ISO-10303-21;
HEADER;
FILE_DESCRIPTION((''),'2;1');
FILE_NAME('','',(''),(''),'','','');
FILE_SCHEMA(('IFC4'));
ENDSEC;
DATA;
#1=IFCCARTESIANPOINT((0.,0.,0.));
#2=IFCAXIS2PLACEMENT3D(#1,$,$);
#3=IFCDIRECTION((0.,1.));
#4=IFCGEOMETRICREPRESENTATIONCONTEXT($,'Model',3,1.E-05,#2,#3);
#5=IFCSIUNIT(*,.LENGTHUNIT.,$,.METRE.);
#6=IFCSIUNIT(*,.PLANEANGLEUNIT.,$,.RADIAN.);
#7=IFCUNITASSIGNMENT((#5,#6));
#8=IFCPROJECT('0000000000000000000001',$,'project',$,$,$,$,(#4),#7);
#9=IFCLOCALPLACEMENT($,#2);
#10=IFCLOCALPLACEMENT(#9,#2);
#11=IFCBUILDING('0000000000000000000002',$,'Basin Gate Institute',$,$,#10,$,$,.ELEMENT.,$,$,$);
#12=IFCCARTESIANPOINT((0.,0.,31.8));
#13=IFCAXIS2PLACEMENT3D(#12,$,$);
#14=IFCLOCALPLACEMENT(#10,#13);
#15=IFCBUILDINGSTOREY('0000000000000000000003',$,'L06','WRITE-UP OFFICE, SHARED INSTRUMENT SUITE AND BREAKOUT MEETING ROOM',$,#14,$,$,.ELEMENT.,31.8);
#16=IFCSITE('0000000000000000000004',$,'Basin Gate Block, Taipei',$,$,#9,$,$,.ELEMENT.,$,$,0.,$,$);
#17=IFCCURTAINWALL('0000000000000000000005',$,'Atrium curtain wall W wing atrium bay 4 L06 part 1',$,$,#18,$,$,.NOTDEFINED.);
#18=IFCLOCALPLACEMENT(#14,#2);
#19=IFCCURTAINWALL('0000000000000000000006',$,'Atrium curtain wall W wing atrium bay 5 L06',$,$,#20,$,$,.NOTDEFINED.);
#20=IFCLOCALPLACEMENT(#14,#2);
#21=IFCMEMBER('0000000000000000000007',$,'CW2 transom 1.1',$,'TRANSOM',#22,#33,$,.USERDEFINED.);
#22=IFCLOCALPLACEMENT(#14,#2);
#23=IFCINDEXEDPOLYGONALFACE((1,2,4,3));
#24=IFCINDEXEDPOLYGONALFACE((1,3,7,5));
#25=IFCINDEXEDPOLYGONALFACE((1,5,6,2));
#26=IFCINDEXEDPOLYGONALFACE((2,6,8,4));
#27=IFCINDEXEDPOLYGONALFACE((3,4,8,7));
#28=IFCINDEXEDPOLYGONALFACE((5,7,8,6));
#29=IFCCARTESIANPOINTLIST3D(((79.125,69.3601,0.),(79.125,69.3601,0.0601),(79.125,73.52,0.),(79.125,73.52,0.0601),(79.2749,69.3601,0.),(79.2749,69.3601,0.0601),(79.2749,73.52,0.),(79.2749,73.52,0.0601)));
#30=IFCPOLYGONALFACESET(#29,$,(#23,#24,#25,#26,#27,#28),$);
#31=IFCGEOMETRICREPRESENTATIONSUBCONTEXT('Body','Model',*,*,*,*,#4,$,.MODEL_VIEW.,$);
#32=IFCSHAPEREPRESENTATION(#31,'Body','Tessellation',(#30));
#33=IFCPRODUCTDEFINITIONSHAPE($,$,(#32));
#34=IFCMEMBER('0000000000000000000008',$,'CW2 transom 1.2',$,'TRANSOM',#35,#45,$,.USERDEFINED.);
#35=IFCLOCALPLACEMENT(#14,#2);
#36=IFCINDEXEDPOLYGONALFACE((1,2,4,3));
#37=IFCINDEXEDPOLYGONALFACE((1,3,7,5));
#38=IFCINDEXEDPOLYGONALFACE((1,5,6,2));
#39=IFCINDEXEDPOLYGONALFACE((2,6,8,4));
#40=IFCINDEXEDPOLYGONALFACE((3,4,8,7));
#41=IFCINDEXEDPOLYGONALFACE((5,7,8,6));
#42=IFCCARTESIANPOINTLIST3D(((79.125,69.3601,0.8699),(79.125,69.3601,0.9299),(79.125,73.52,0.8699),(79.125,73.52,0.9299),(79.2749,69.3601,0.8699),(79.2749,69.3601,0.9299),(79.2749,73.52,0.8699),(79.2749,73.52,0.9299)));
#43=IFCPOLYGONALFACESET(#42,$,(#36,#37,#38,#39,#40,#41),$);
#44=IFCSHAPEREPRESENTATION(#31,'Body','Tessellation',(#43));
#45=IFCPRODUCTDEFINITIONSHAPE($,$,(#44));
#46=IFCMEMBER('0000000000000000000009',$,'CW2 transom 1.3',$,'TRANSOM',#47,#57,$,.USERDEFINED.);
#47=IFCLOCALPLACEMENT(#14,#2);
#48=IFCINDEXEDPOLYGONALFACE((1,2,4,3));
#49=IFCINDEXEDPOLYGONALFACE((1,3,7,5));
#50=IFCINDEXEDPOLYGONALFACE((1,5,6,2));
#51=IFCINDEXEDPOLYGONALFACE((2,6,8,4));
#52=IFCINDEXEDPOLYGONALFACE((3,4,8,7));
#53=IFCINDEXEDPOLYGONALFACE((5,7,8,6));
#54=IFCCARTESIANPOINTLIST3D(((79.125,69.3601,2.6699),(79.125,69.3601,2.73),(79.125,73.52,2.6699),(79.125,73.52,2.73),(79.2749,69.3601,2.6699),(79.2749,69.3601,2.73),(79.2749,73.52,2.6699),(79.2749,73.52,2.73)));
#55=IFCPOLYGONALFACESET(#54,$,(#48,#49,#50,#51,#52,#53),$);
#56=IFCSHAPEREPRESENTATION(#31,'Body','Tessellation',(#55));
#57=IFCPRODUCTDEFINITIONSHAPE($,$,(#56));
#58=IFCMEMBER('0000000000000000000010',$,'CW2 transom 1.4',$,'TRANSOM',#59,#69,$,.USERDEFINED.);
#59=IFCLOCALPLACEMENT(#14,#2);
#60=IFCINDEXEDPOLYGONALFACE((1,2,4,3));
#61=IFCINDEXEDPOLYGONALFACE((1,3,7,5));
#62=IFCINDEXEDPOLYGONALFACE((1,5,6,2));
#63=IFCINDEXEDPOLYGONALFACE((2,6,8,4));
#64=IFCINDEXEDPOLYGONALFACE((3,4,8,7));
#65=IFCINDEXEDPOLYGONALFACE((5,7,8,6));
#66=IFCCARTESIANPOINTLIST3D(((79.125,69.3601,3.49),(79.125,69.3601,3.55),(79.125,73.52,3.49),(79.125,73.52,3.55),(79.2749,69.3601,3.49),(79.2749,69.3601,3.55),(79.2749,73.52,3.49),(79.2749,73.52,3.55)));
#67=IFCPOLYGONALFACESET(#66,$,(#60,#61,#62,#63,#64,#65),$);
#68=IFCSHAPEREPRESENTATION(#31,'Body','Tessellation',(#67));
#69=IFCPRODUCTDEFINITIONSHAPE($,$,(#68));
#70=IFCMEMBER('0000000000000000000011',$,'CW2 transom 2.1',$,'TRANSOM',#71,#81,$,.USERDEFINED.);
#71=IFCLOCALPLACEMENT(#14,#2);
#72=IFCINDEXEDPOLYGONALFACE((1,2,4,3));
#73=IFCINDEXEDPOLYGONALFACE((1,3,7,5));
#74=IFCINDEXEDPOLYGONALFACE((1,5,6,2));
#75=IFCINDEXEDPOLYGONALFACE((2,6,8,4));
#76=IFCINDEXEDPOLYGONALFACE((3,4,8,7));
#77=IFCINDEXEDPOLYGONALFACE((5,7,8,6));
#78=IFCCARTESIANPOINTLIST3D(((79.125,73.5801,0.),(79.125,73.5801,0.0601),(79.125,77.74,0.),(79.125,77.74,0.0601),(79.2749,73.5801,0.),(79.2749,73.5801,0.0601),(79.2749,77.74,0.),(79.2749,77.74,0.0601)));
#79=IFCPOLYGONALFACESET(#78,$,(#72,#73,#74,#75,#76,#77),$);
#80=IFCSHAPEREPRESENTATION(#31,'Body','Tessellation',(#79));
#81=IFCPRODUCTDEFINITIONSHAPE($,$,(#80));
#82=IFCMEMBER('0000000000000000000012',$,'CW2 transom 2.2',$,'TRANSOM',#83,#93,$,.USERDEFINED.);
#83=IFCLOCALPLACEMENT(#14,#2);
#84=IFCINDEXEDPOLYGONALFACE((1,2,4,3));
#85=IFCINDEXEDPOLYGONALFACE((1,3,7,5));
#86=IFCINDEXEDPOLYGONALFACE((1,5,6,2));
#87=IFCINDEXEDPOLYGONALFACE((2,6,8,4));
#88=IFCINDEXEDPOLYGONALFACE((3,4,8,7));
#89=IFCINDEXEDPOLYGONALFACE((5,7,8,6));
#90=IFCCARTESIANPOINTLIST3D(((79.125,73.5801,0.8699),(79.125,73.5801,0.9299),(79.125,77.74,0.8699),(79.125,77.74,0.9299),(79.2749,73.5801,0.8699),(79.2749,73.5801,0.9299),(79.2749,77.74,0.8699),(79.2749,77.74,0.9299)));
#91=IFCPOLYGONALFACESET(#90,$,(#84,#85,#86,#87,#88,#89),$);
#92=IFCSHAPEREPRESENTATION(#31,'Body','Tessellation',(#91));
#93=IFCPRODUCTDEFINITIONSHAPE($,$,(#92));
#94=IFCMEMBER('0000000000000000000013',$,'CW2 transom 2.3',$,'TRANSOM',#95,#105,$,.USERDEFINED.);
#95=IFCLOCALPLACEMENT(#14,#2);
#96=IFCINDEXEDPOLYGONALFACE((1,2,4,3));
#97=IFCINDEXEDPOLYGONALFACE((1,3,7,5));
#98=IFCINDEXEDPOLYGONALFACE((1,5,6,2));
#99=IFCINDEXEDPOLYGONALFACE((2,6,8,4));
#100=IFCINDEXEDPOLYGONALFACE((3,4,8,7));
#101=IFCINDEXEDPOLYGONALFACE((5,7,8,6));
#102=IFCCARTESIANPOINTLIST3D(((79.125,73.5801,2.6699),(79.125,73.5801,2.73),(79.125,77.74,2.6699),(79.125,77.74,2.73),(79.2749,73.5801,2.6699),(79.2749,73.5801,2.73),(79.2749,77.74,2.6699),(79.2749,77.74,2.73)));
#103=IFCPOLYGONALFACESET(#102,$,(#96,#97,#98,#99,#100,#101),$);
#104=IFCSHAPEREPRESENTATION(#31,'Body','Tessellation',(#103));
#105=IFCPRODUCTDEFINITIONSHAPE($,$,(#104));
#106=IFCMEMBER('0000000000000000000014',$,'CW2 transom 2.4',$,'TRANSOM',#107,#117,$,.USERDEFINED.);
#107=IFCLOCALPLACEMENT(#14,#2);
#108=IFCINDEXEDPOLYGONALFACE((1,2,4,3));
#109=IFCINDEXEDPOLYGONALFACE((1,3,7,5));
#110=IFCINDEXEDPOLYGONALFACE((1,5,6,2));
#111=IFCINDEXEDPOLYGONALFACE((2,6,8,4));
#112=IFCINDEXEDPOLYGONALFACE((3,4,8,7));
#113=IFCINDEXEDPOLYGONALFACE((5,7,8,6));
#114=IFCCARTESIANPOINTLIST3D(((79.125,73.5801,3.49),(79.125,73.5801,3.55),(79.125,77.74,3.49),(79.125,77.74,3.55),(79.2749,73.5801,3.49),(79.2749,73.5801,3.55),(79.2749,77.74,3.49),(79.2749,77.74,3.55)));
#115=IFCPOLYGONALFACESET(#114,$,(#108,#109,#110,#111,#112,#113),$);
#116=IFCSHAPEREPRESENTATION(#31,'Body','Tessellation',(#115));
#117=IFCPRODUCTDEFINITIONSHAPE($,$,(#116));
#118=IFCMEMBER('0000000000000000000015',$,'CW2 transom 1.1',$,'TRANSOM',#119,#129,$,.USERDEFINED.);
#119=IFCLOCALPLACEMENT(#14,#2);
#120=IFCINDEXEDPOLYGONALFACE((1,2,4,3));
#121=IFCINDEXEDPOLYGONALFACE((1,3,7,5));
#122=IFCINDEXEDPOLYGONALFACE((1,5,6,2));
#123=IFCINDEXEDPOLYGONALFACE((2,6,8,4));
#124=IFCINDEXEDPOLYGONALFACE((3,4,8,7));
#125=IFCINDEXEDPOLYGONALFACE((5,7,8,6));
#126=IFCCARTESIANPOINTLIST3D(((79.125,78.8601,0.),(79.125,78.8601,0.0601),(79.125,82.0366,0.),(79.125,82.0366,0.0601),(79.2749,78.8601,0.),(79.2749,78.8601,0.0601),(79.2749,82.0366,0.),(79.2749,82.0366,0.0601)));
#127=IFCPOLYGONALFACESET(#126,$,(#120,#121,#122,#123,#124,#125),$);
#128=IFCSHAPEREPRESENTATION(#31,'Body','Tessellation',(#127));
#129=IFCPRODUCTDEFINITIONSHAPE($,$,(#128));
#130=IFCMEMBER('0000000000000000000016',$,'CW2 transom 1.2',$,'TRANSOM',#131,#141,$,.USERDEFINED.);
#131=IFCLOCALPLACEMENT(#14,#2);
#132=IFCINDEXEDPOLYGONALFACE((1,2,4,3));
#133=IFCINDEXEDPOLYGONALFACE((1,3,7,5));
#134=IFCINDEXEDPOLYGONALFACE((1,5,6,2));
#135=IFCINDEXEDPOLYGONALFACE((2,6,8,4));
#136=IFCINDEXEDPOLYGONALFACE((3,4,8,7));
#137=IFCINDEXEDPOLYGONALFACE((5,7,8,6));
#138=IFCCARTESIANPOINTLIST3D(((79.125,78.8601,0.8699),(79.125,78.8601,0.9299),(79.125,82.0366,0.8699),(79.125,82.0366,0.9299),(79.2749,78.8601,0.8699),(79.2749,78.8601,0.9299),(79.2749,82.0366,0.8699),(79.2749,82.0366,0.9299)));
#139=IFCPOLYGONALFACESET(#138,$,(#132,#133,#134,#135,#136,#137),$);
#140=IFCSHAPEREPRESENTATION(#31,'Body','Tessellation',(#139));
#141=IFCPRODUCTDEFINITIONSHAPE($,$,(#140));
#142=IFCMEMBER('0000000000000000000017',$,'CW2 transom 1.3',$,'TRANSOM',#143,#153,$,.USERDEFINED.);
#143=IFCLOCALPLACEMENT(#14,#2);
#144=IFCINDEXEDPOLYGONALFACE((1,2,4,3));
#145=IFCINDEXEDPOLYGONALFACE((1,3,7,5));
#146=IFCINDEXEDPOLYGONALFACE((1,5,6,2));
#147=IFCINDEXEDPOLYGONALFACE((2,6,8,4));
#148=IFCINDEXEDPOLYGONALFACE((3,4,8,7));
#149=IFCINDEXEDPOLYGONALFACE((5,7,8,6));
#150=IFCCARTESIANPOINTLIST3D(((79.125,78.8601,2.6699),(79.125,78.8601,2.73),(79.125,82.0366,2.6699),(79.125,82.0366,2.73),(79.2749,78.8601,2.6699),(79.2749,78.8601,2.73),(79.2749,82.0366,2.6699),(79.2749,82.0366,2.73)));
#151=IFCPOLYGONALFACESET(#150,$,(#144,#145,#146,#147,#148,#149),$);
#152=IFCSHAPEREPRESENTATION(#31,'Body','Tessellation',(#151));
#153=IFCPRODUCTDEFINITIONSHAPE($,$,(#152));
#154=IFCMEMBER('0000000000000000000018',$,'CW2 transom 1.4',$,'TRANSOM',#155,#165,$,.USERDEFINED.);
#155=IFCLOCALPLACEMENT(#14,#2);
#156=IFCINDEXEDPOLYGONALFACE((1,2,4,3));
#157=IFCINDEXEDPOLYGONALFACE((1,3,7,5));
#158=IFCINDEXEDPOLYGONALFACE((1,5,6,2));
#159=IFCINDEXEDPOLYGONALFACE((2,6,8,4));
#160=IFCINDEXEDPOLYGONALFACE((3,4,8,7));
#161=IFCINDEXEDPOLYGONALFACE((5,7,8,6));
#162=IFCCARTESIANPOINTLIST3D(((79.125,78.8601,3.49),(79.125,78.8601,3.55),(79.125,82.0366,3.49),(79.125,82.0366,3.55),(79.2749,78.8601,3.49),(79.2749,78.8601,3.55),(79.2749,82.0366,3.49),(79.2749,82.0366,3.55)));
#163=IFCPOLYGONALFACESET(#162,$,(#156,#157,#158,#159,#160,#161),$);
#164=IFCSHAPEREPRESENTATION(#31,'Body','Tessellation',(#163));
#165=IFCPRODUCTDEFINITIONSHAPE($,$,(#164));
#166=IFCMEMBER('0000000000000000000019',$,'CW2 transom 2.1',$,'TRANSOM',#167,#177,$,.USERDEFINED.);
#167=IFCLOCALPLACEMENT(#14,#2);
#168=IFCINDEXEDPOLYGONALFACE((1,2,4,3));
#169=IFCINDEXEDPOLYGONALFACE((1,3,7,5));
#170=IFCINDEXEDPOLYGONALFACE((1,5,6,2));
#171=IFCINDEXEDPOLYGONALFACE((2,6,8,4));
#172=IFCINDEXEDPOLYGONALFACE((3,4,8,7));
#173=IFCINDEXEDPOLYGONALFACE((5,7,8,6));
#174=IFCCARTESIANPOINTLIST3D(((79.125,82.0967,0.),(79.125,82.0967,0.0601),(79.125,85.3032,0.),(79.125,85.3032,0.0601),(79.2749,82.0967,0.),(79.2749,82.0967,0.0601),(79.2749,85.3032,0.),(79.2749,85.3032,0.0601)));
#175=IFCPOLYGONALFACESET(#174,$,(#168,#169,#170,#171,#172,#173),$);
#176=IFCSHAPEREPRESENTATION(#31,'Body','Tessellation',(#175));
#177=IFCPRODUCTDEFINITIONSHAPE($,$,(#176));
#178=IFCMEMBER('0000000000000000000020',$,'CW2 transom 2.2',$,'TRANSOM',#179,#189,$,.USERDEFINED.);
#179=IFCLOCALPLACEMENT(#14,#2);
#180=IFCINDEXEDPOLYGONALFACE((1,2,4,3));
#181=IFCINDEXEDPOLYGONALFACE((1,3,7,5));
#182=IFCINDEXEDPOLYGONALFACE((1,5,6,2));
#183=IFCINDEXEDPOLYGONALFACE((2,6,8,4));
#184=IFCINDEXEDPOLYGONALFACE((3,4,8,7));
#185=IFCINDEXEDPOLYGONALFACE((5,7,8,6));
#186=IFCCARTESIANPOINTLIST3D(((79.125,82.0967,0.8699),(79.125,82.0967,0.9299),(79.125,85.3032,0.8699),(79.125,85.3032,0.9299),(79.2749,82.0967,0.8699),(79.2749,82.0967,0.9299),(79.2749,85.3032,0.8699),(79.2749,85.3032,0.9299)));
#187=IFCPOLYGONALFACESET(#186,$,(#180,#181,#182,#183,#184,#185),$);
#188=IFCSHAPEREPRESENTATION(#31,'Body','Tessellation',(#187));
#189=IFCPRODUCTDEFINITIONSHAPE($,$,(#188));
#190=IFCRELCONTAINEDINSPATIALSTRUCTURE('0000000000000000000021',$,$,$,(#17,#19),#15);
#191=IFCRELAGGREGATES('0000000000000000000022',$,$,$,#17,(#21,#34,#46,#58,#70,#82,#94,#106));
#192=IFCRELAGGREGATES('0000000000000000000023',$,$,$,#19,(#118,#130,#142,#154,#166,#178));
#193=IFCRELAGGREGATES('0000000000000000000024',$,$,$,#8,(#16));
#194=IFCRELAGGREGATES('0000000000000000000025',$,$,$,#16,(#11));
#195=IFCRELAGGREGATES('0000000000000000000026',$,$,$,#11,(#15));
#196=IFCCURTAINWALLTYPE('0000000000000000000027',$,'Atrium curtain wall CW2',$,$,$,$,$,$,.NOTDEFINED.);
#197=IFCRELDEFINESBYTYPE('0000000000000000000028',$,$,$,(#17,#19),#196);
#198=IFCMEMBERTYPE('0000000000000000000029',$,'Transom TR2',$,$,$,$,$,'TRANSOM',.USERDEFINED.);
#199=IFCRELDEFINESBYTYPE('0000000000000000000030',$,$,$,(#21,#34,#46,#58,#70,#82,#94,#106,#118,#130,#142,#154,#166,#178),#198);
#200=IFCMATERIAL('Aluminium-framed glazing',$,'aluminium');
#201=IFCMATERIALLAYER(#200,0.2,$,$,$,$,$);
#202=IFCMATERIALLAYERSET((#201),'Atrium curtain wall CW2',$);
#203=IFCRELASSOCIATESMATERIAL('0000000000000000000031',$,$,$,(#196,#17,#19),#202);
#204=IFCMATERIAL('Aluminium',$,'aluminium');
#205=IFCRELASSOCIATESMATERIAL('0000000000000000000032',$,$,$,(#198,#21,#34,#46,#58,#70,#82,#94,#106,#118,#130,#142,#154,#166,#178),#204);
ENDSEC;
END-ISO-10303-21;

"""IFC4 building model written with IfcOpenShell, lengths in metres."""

from ifc_helpers import new_model, si_unit, direction, frame, origin, origin_2d, place, context, subcontext, project, spatial, rectangle, extrude, material, layer, layer_set, material_profile, profile_set, type_object, element, aggregate, save


model = new_model("IFC4")

# Units and contexts
model_context = context("Model", 3, precision=1e-05, world=origin(), true_north=direction((0.0, 1.0)))
body_context = subcontext(model_context, "Body", "Model", "MODEL_VIEW")
ifc_project = project(units=[si_unit("LENGTHUNIT", "METRE"), si_unit("PLANEANGLEUNIT", "RADIAN")], contexts=[model_context])

# Site, building, storey
site_placement = place(None, origin())
site = spatial("IfcSite", under=ifc_project, at=site_placement, Name="Basin Gate Block, Taipei", CompositionType="ELEMENT", RefElevation=0.0)
building_placement = place(site_placement, origin())
building = spatial("IfcBuilding", under=site, at=building_placement, Name="Basin Gate Institute", CompositionType="ELEMENT")
storey_placement = place(building_placement, frame((0.0, 0.0, 31.8)))
storey = spatial("IfcBuildingStorey", under=building, at=storey_placement, Name="L06", Description="WRITE-UP OFFICE, SHARED INSTRUMENT SUITE AND BREAKOUT MEETING ROOM", CompositionType="ELEMENT", Elevation=31.8)

# Curtain walls
ifc_material_1 = material(Name="Aluminium-framed glazing", Category="aluminium")
ifc_layer_1 = layer(ifc_material_1, 0.2)
ifc_layer_set_1 = layer_set([ifc_layer_1], Name="Atrium curtain wall CW2")
curtain_wall_type_1 = type_object("IfcCurtainWallType", Name="Atrium curtain wall CW2", PredefinedType="NOTDEFINED", material=ifc_layer_set_1)
curtain_wall_1_placement = place(storey_placement, origin())
curtain_wall_1 = element("IfcCurtainWall", 1, at=curtain_wall_1_placement, inside=storey, type_object=curtain_wall_type_1, material=ifc_layer_set_1, Name="Atrium curtain wall W wing atrium bay 4 L06 part 1", PredefinedType="NOTDEFINED")
curtain_wall_2_placement = place(storey_placement, origin())
curtain_wall_2 = element("IfcCurtainWall", 2, at=curtain_wall_2_placement, inside=storey, type_object=curtain_wall_type_1, material=ifc_layer_set_1, Name="Atrium curtain wall W wing atrium bay 5 L06", PredefinedType="NOTDEFINED")

# Members
ifc_material_2 = material(Name="Aluminium", Category="aluminium")
ifc_material_profile_1 = material_profile(ifc_material_2, rectangle(XDim=0.1499, YDim=0.0601, at=origin_2d()), Name="Transom TR2 150 x 60")
ifc_profile_set_1 = profile_set([ifc_material_profile_1], Name="Aluminium")
member_type_1 = type_object("IfcMemberType", Name="Transom TR2", ElementType="TRANSOM", PredefinedType="USERDEFINED", material=ifc_profile_set_1)
member_1_placement = place(storey_placement, frame((79.2, 69.3601, 0.03), z_axis=(0.0, 1.0, 0.0), x_axis=(-1.0, 0.0, 0.0)))
member_1 = element("IfcMember", 3, at=member_1_placement, type_object=member_type_1, material=ifc_profile_set_1, Name="CW2 transom 1.1", ObjectType="TRANSOM", PredefinedType="USERDEFINED", context=body_context, shape_type="SweptSolid", body=[
    extrude(rectangle(XDim=0.1499, YDim=0.0601, at=origin_2d()), origin(), (0.0, 0.0, 1.0), 4.1599),
])
member_2_placement = place(storey_placement, frame((79.2, 69.3601, 0.8999), z_axis=(0.0, 1.0, 0.0), x_axis=(-1.0, 0.0, 0.0)))
member_2 = element("IfcMember", 4, at=member_2_placement, type_object=member_type_1, material=ifc_profile_set_1, Name="CW2 transom 1.2", ObjectType="TRANSOM", PredefinedType="USERDEFINED", context=body_context, shape_type="SweptSolid", body=[
    extrude(rectangle(XDim=0.1499, YDim=0.0601, at=origin_2d()), origin(), (0.0, 0.0, 1.0), 4.1599),
])
member_3_placement = place(storey_placement, frame((79.2, 69.3601, 2.7), z_axis=(0.0, 1.0, 0.0), x_axis=(-1.0, 0.0, 0.0)))
member_3 = element("IfcMember", 5, at=member_3_placement, type_object=member_type_1, material=ifc_profile_set_1, Name="CW2 transom 1.3", ObjectType="TRANSOM", PredefinedType="USERDEFINED", context=body_context, shape_type="SweptSolid", body=[
    extrude(rectangle(XDim=0.1499, YDim=0.0601, at=origin_2d()), origin(), (0.0, 0.0, 1.0), 4.1599),
])
member_4_placement = place(storey_placement, frame((79.2, 69.3601, 3.52), z_axis=(0.0, 1.0, 0.0), x_axis=(-1.0, 0.0, 0.0)))
member_4 = element("IfcMember", 6, at=member_4_placement, type_object=member_type_1, material=ifc_profile_set_1, Name="CW2 transom 1.4", ObjectType="TRANSOM", PredefinedType="USERDEFINED", context=body_context, shape_type="SweptSolid", body=[
    extrude(rectangle(XDim=0.1499, YDim=0.0601, at=origin_2d()), origin(), (0.0, 0.0, 1.0), 4.1599),
])
member_5_placement = place(storey_placement, frame((79.2, 73.5801, 0.03), z_axis=(0.0, 1.0, 0.0), x_axis=(-1.0, 0.0, 0.0)))
member_5 = element("IfcMember", 7, at=member_5_placement, type_object=member_type_1, material=ifc_profile_set_1, Name="CW2 transom 2.1", ObjectType="TRANSOM", PredefinedType="USERDEFINED", context=body_context, shape_type="SweptSolid", body=[
    extrude(rectangle(XDim=0.1499, YDim=0.0601, at=origin_2d()), origin(), (0.0, 0.0, 1.0), 4.1599),
])
member_6_placement = place(storey_placement, frame((79.2, 73.5801, 0.8999), z_axis=(0.0, 1.0, 0.0), x_axis=(-1.0, 0.0, 0.0)))
member_6 = element("IfcMember", 8, at=member_6_placement, type_object=member_type_1, material=ifc_profile_set_1, Name="CW2 transom 2.2", ObjectType="TRANSOM", PredefinedType="USERDEFINED", context=body_context, shape_type="SweptSolid", body=[
    extrude(rectangle(XDim=0.1499, YDim=0.0601, at=origin_2d()), origin(), (0.0, 0.0, 1.0), 4.1599),
])
member_7_placement = place(storey_placement, frame((79.2, 73.5801, 2.7), z_axis=(0.0, 1.0, 0.0), x_axis=(-1.0, 0.0, 0.0)))
member_7 = element("IfcMember", 9, at=member_7_placement, type_object=member_type_1, material=ifc_profile_set_1, Name="CW2 transom 2.3", ObjectType="TRANSOM", PredefinedType="USERDEFINED", context=body_context, shape_type="SweptSolid", body=[
    extrude(rectangle(XDim=0.1499, YDim=0.0601, at=origin_2d()), origin(), (0.0, 0.0, 1.0), 4.1599),
])
member_8_placement = place(storey_placement, frame((79.2, 73.5801, 3.52), z_axis=(0.0, 1.0, 0.0), x_axis=(-1.0, 0.0, 0.0)))
member_8 = element("IfcMember", 10, at=member_8_placement, type_object=member_type_1, material=ifc_profile_set_1, Name="CW2 transom 2.4", ObjectType="TRANSOM", PredefinedType="USERDEFINED", context=body_context, shape_type="SweptSolid", body=[
    extrude(rectangle(XDim=0.1499, YDim=0.0601, at=origin_2d()), origin(), (0.0, 0.0, 1.0), 4.1599),
])
member_9_placement = place(storey_placement, frame((79.2, 78.8601, 0.03), z_axis=(0.0, 1.0, 0.0), x_axis=(-1.0, 0.0, 0.0)))
member_9 = element("IfcMember", 11, at=member_9_placement, type_object=member_type_1, material=ifc_profile_set_1, Name="CW2 transom 1.1", ObjectType="TRANSOM", PredefinedType="USERDEFINED", context=body_context, shape_type="SweptSolid", body=[
    extrude(rectangle(XDim=0.1499, YDim=0.0601, at=origin_2d()), origin(), (0.0, 0.0, 1.0), 3.1765),
])
member_10_placement = place(storey_placement, frame((79.2, 78.8601, 0.8999), z_axis=(0.0, 1.0, 0.0), x_axis=(-1.0, 0.0, 0.0)))
member_10 = element("IfcMember", 12, at=member_10_placement, type_object=member_type_1, material=ifc_profile_set_1, Name="CW2 transom 1.2", ObjectType="TRANSOM", PredefinedType="USERDEFINED", context=body_context, shape_type="SweptSolid", body=[
    extrude(rectangle(XDim=0.1499, YDim=0.0601, at=origin_2d()), origin(), (0.0, 0.0, 1.0), 3.1765),
])
member_11_placement = place(storey_placement, frame((79.2, 78.8601, 2.7), z_axis=(0.0, 1.0, 0.0), x_axis=(-1.0, 0.0, 0.0)))
member_11 = element("IfcMember", 13, at=member_11_placement, type_object=member_type_1, material=ifc_profile_set_1, Name="CW2 transom 1.3", ObjectType="TRANSOM", PredefinedType="USERDEFINED", context=body_context, shape_type="SweptSolid", body=[
    extrude(rectangle(XDim=0.1499, YDim=0.0601, at=origin_2d()), origin(), (0.0, 0.0, 1.0), 3.1765),
])
member_12_placement = place(storey_placement, frame((79.2, 78.8601, 3.52), z_axis=(0.0, 1.0, 0.0), x_axis=(-1.0, 0.0, 0.0)))
member_12 = element("IfcMember", 14, at=member_12_placement, type_object=member_type_1, material=ifc_profile_set_1, Name="CW2 transom 1.4", ObjectType="TRANSOM", PredefinedType="USERDEFINED", context=body_context, shape_type="SweptSolid", body=[
    extrude(rectangle(XDim=0.1499, YDim=0.0601, at=origin_2d()), origin(), (0.0, 0.0, 1.0), 3.1765),
])
member_13_placement = place(storey_placement, frame((79.2, 82.0967, 0.03), z_axis=(0.0, 1.0, 0.0), x_axis=(-1.0, 0.0, 0.0)))
member_13 = element("IfcMember", 15, at=member_13_placement, type_object=member_type_1, material=ifc_profile_set_1, Name="CW2 transom 2.1", ObjectType="TRANSOM", PredefinedType="USERDEFINED", context=body_context, shape_type="SweptSolid", body=[
    extrude(rectangle(XDim=0.1499, YDim=0.0601, at=origin_2d()), origin(), (0.0, 0.0, 1.0), 3.2065),
])
member_14_placement = place(storey_placement, frame((79.2, 82.0967, 0.8999), z_axis=(0.0, 1.0, 0.0), x_axis=(-1.0, 0.0, 0.0)))
member_14 = element("IfcMember", 16, at=member_14_placement, type_object=member_type_1, material=ifc_profile_set_1, Name="CW2 transom 2.2", ObjectType="TRANSOM", PredefinedType="USERDEFINED", context=body_context, shape_type="SweptSolid", body=[
    extrude(rectangle(XDim=0.1499, YDim=0.0601, at=origin_2d()), origin(), (0.0, 0.0, 1.0), 3.2065),
])

aggregate(curtain_wall_1, [member_1, member_2, member_3, member_4, member_5, member_6, member_7, member_8])
aggregate(curtain_wall_2, [member_9, member_10, member_11, member_12, member_13, member_14])

save(model, "model.ifc")
